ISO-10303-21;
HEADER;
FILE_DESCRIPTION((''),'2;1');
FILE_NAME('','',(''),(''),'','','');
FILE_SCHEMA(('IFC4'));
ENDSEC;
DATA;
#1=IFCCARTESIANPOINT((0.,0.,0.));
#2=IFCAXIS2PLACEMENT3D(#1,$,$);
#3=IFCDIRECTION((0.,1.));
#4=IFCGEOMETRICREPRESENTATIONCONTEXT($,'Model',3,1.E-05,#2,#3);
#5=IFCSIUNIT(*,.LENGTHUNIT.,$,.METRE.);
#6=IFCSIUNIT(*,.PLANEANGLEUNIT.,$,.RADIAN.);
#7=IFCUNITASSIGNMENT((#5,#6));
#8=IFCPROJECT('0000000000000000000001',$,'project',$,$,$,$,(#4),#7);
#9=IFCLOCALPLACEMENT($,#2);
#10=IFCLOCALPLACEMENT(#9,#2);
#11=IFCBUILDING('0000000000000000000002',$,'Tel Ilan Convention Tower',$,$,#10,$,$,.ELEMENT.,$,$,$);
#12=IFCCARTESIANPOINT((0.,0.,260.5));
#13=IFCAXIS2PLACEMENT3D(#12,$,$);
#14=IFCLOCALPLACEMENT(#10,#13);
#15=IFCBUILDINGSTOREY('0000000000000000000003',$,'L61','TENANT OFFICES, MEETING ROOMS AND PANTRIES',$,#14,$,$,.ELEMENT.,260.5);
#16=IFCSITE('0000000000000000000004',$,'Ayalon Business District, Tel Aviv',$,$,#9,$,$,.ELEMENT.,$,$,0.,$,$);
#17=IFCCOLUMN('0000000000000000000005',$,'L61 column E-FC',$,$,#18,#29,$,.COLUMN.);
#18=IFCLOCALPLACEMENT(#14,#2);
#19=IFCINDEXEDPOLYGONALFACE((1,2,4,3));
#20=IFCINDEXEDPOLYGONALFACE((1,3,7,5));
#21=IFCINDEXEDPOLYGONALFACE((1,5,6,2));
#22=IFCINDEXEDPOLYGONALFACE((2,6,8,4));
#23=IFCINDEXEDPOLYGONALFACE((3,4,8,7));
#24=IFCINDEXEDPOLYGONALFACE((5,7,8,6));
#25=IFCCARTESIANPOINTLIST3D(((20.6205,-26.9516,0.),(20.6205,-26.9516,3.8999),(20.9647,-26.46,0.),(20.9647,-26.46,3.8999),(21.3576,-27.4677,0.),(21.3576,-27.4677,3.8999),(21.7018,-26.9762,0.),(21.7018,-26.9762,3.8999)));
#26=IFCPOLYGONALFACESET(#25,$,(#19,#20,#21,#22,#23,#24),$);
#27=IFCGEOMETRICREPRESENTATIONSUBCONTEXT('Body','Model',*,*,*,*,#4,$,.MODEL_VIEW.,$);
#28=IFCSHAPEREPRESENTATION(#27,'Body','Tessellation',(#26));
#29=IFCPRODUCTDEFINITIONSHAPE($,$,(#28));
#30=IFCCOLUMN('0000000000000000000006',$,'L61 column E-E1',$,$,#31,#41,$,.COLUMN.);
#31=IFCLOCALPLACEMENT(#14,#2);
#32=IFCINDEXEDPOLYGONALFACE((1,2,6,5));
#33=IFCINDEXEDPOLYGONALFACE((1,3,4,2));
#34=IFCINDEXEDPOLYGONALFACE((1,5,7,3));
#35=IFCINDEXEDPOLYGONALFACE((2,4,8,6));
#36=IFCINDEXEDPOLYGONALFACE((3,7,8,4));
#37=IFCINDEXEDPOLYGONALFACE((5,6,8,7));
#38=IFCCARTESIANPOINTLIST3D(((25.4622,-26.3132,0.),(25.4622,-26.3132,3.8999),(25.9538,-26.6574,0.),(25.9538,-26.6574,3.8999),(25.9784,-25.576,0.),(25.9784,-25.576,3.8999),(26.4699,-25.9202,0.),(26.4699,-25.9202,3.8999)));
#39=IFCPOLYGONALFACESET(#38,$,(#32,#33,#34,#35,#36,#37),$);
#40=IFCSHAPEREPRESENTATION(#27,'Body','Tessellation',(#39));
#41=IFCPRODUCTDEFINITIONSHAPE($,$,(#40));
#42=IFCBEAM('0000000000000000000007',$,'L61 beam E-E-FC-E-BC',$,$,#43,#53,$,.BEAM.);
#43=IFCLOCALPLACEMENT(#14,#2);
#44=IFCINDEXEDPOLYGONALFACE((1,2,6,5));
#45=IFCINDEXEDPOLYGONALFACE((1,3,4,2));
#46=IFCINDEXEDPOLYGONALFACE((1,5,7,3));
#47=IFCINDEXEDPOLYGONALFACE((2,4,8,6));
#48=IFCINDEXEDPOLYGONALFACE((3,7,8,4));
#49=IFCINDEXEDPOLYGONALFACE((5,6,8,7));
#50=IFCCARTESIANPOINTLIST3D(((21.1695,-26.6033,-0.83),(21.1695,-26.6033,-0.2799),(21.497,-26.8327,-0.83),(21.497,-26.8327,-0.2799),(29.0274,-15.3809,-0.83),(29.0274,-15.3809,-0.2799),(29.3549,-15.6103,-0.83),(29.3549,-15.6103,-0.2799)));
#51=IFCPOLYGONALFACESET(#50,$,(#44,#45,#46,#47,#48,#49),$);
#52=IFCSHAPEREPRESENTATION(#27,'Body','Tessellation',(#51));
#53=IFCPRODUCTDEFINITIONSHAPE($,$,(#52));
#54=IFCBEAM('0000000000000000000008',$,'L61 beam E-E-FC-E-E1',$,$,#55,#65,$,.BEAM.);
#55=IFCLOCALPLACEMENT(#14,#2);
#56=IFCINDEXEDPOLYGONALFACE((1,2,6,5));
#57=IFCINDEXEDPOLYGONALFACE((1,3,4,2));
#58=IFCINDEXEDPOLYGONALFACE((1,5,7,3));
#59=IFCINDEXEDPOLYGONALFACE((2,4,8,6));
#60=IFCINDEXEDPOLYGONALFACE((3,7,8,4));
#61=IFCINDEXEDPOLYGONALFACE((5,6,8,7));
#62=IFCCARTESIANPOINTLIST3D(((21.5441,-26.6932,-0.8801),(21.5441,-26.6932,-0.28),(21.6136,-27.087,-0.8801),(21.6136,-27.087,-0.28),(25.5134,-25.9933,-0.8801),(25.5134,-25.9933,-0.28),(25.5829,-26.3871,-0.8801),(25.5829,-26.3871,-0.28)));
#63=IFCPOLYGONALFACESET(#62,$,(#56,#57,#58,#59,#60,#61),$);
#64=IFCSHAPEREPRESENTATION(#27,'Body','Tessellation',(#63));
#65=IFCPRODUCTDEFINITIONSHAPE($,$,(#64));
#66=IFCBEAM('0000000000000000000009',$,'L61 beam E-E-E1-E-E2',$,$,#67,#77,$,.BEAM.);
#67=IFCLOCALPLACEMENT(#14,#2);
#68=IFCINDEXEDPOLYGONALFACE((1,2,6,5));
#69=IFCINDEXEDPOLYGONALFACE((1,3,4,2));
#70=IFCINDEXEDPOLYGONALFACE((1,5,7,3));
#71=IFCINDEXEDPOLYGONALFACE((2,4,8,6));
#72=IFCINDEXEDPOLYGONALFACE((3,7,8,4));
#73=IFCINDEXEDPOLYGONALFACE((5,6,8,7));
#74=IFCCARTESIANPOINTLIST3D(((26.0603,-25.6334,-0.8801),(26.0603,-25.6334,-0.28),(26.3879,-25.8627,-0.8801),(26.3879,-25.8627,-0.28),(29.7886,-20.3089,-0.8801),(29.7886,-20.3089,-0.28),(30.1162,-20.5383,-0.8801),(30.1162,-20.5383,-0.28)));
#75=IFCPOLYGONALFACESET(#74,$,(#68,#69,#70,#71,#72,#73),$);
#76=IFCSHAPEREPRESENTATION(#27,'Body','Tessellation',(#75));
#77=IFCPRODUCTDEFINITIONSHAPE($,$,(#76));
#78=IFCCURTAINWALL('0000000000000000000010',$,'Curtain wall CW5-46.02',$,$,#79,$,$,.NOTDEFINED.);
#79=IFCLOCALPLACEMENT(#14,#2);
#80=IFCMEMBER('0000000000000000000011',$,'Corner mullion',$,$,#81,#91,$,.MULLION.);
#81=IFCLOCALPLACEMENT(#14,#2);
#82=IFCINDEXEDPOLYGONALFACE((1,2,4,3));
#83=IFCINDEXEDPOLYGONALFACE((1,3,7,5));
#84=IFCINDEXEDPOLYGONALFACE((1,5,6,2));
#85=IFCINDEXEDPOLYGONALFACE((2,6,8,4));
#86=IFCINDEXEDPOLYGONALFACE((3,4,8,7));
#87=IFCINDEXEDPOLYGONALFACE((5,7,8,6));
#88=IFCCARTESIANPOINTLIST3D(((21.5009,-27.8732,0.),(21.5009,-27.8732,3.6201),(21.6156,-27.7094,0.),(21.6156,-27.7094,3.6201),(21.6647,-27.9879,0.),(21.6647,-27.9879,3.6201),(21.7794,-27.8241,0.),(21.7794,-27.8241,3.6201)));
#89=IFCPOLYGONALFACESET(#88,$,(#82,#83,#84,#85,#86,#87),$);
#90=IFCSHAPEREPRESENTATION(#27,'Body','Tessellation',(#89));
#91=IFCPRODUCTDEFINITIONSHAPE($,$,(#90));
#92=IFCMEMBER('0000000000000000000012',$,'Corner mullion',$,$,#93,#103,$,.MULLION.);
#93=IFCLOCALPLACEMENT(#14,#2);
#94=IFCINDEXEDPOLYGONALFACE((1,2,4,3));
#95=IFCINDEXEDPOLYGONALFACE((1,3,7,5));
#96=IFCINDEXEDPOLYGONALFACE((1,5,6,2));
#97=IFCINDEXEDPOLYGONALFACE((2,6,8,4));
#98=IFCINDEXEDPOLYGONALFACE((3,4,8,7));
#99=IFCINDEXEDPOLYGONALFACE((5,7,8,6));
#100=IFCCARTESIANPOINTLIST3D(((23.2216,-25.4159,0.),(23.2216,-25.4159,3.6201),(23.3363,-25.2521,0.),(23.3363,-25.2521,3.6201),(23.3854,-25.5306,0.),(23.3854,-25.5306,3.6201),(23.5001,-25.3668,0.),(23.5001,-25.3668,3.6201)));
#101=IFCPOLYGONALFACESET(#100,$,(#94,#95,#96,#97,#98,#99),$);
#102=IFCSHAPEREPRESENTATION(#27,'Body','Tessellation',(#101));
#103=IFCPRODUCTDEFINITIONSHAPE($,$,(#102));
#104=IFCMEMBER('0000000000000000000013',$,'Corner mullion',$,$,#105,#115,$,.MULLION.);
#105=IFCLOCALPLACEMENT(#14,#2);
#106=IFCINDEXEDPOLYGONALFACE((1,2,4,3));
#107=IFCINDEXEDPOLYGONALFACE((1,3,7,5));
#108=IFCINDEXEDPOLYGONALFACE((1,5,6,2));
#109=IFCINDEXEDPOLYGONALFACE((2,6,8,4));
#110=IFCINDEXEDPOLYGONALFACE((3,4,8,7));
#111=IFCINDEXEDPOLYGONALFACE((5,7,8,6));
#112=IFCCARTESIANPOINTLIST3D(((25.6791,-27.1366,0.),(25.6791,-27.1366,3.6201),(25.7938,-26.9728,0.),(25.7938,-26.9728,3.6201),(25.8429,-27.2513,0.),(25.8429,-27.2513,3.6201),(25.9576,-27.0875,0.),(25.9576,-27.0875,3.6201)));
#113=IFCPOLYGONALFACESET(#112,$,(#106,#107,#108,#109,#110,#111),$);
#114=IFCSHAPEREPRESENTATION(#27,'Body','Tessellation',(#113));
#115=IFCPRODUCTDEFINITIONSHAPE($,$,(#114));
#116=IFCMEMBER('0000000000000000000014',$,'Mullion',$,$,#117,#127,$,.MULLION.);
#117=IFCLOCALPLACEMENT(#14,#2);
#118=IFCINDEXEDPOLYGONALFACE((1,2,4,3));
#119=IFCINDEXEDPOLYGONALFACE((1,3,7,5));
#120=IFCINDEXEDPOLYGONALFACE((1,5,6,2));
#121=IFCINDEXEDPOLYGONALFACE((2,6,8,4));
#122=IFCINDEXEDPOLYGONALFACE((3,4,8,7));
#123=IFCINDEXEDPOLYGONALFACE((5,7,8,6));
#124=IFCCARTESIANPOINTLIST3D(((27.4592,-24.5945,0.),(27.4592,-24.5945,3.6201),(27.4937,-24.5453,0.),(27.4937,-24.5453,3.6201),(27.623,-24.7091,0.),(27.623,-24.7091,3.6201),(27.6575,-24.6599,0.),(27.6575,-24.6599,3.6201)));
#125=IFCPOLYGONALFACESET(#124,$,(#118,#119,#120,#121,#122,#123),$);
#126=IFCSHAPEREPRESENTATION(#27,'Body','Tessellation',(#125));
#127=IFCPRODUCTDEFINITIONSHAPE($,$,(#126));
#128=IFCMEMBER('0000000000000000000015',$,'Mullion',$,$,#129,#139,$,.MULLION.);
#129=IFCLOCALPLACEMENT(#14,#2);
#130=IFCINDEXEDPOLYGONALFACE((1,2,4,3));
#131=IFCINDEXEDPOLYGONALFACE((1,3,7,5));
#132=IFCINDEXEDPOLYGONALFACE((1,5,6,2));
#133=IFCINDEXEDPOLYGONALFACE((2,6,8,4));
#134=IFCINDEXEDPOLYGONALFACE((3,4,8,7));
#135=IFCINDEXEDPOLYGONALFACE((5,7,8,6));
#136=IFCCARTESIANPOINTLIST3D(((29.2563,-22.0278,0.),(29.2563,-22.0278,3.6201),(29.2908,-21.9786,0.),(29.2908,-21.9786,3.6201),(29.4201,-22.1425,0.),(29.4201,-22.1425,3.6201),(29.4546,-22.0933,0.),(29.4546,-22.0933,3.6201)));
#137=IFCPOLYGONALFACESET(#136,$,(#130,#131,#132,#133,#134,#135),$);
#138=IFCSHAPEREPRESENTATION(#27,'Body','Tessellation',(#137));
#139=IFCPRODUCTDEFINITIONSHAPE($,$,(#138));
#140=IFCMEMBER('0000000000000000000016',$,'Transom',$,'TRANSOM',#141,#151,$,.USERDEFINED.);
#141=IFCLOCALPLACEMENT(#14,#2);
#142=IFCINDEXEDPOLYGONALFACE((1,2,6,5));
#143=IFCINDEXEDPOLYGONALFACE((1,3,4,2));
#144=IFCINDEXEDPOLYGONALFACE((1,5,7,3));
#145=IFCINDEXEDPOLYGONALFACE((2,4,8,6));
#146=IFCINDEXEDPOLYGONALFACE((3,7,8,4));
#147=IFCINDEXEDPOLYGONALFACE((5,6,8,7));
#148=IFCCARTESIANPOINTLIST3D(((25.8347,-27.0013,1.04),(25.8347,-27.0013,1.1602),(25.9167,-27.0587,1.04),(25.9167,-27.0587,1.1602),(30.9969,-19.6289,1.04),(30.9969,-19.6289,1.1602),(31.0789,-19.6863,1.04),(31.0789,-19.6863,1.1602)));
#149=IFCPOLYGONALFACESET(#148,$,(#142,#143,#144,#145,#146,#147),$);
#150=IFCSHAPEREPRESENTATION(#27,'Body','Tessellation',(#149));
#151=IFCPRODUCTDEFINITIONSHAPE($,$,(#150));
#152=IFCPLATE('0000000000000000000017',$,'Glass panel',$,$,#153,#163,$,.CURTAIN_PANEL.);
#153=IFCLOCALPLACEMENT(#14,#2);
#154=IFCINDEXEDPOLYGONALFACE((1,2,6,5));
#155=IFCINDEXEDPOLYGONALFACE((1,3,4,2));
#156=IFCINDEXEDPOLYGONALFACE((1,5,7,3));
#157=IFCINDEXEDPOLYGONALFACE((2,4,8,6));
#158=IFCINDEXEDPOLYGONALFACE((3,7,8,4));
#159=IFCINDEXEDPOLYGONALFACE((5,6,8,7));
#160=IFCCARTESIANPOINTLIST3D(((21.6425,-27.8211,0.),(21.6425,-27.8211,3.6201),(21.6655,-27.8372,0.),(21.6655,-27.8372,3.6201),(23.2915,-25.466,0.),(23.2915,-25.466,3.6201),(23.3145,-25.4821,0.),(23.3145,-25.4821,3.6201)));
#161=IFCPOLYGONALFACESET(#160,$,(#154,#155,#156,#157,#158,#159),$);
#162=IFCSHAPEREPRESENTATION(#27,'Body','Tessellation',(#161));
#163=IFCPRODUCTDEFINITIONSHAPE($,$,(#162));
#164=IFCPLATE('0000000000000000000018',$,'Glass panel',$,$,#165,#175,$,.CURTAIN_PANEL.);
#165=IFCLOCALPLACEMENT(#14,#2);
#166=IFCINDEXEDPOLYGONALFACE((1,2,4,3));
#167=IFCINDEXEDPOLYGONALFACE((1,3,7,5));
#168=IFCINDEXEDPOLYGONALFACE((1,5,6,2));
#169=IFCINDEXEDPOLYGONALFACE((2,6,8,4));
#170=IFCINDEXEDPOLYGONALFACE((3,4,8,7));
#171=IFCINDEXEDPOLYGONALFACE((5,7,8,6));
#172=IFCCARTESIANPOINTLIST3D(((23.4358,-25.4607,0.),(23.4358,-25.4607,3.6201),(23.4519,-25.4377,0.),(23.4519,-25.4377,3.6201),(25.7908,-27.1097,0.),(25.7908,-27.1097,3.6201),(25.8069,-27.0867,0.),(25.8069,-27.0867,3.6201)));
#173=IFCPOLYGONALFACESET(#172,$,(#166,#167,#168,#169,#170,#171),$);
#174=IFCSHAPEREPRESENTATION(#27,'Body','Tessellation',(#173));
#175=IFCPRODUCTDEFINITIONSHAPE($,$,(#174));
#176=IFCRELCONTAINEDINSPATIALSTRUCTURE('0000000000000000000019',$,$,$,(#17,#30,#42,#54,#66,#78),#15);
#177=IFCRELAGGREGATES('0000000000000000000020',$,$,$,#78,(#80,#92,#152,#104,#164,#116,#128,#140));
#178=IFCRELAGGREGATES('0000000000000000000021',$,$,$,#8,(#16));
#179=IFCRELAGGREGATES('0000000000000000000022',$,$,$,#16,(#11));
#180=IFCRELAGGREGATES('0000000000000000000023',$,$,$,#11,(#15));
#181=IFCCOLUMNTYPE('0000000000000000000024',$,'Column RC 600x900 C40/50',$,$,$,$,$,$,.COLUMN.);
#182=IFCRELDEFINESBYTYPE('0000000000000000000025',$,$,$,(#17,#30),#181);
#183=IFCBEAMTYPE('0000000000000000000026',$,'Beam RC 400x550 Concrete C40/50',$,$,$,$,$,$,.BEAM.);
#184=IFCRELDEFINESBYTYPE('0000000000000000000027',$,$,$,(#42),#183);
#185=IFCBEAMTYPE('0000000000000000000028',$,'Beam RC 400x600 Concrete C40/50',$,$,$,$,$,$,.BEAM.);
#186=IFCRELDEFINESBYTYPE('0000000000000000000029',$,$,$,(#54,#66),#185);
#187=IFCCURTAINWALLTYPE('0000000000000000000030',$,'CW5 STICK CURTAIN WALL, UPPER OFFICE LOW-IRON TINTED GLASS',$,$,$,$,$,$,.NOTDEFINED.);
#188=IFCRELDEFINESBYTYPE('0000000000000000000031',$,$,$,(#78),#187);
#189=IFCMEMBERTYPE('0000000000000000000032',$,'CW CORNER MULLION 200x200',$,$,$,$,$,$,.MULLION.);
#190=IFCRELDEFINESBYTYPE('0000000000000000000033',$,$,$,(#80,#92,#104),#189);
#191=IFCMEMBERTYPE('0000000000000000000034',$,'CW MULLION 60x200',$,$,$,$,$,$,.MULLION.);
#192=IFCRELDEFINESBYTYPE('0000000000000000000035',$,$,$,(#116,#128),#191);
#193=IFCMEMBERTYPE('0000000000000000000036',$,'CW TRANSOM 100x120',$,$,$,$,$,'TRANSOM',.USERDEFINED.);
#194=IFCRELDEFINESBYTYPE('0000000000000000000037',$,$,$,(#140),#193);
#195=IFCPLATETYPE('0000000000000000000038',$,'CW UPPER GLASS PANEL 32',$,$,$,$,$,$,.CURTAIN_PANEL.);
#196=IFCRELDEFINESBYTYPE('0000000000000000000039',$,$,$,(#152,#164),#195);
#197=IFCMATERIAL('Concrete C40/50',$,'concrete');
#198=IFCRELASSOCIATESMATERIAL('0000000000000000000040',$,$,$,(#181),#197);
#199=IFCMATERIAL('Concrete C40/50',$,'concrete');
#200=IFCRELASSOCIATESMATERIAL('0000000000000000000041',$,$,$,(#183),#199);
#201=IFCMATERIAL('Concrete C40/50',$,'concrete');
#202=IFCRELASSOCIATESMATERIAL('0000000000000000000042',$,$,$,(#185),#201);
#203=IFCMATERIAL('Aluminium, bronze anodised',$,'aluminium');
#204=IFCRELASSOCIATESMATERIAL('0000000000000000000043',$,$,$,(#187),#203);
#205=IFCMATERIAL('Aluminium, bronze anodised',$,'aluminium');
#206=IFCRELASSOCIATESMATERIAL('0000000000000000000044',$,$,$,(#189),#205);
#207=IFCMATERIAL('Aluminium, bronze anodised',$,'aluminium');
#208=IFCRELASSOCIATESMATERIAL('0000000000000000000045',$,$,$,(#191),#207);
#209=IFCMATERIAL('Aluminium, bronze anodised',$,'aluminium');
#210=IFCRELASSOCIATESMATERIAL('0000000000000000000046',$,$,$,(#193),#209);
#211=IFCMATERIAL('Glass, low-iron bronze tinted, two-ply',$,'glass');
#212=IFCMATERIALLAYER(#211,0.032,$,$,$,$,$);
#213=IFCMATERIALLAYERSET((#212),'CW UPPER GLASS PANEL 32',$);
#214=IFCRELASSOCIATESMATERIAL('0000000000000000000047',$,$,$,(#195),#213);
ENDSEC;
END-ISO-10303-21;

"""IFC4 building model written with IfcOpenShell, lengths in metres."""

from ifc_helpers import new_model, si_unit, direction, frame, origin, origin_2d, place, context, subcontext, project, spatial, rectangle, extrude, material, layer, layer_set, material_profile, profile_set, type_object, element, aggregate, save


model = new_model("IFC4")

# Units and contexts
model_context = context("Model", 3, precision=1e-05, world=origin(), true_north=direction((0.0, 1.0)))
body_context = subcontext(model_context, "Body", "Model", "MODEL_VIEW")
ifc_project = project(units=[si_unit("LENGTHUNIT", "METRE"), si_unit("PLANEANGLEUNIT", "RADIAN")], contexts=[model_context])

# Site, building, storey
site_placement = place(None, origin())
site = spatial("IfcSite", under=ifc_project, at=site_placement, Name="Ayalon Business District, Tel Aviv", CompositionType="ELEMENT", RefElevation=0.0)
building_placement = place(site_placement, origin())
building = spatial("IfcBuilding", under=site, at=building_placement, Name="Tel Ilan Convention Tower", CompositionType="ELEMENT")
storey_placement = place(building_placement, frame((0.0, 0.0, 260.5)))
storey = spatial("IfcBuildingStorey", under=building, at=storey_placement, Name="L61", Description="TENANT OFFICES, MEETING ROOMS AND PANTRIES", CompositionType="ELEMENT", Elevation=260.5)

# Columns
ifc_material_1 = material(Name="Concrete C40/50", Category="concrete")
ifc_material_profile_1 = material_profile(ifc_material_1, rectangle(XDim=0.8999, YDim=0.6001, at=origin_2d()), Name="RC 600x900")
ifc_profile_set_1 = profile_set([ifc_material_profile_1], Name="Concrete C40/50")
column_type = type_object("IfcColumnType", Name="Column RC 600x900 C40/50", PredefinedType="COLUMN", material=ifc_profile_set_1)
for number, where, z_axis, x_axis, name in (
    (1, (21.1611, -26.9639, 0.0), (0.0, 0.0, 1.0), (0.819152, -0.573576, 0.0), "L61 column E-FC"),
    (2, (25.9661, -26.1167, 0.0), (0.0, 0.0, 1.0), (0.573576, 0.819152, 0.0), "L61 column E-E1"),
):
    element("IfcColumn", number, at=place(storey_placement, frame(where, z_axis=z_axis, x_axis=x_axis)), inside=storey, type_object=column_type, Name=name, PredefinedType="COLUMN", context=body_context, shape_type="SweptSolid", body=[
        extrude(rectangle(XDim=0.8999, YDim=0.6001, at=origin_2d()), origin(), (0.0, 0.0, 1.0), 3.8999),
    ])

# Beams
ifc_material_2 = material(Name="Concrete C40/50", Category="concrete")
ifc_material_profile_2 = material_profile(ifc_material_2, rectangle(XDim=0.3999, YDim=0.55, at=origin_2d()), Name="RC 400x550")
ifc_profile_set_2 = profile_set([ifc_material_profile_2], Name="Concrete C40/50")
beam_type_1 = type_object("IfcBeamType", Name="Beam RC 400x550 Concrete C40/50", PredefinedType="BEAM", material=ifc_profile_set_2)
beam_1_placement = place(storey_placement, frame((21.3333, -26.718, -0.5549), z_axis=(0.573571, 0.819156, 0.0), x_axis=(-0.819156, 0.573571, 0.0)))
element("IfcBeam", 3, at=beam_1_placement, inside=storey, type_object=beam_type_1, Name="L61 beam E-E-FC-E-BC", PredefinedType="BEAM", context=body_context, shape_type="SweptSolid", body=[
    extrude(rectangle(XDim=0.3999, YDim=0.55, at=origin_2d()), origin(), (0.0, 0.0, 1.0), 13.7),
])
ifc_material_3 = material(Name="Concrete C40/50", Category="concrete")
ifc_material_profile_3 = material_profile(ifc_material_3, rectangle(XDim=0.3999, YDim=0.6001, at=origin_2d()), Name="RC 400x600")
ifc_profile_set_3 = profile_set([ifc_material_profile_3], Name="Concrete C40/50")
beam_type_2 = type_object("IfcBeamType", Name="Beam RC 400x600 Concrete C40/50", PredefinedType="BEAM", material=ifc_profile_set_3)
beam_2_placement = place(storey_placement, frame((21.5789, -26.8901, -0.5801), z_axis=(0.984805, 0.173664, 0.0), x_axis=(-0.173664, 0.984805, 0.0)))
element("IfcBeam", 4, at=beam_2_placement, inside=storey, type_object=beam_type_2, Name="L61 beam E-E-FC-E-E1", PredefinedType="BEAM", context=body_context, shape_type="SweptSolid", body=[
    extrude(rectangle(XDim=0.3999, YDim=0.6001, at=origin_2d()), origin(), (0.0, 0.0, 1.0), 4.0305),
])
beam_3_placement = place(storey_placement, frame((26.2241, -25.748, -0.5801), z_axis=(0.573581, 0.819149, 0.0), x_axis=(-0.819149, 0.573581, 0.0)))
element("IfcBeam", 5, at=beam_3_placement, inside=storey, type_object=beam_type_2, Name="L61 beam E-E-E1-E-E2", PredefinedType="BEAM", context=body_context, shape_type="SweptSolid", body=[
    extrude(rectangle(XDim=0.3999, YDim=0.6001, at=origin_2d()), origin(), (0.0, 0.0, 1.0), 6.5),
])

# Curtain wall, members, plates
ifc_material_4 = material(Name="Aluminium, bronze anodised", Category="aluminium")
curtain_wall_type = type_object("IfcCurtainWallType", Name="CW5 STICK CURTAIN WALL, UPPER OFFICE LOW-IRON TINTED GLASS", PredefinedType="NOTDEFINED", material=ifc_material_4)
curtain_wall_placement = place(storey_placement, origin())
curtain_wall = element("IfcCurtainWall", 6, at=curtain_wall_placement, inside=storey, type_object=curtain_wall_type, Name="Curtain wall CW5-46.02", PredefinedType="NOTDEFINED")
ifc_material_5 = material(Name="Aluminium, bronze anodised", Category="aluminium")
ifc_material_profile_4 = material_profile(ifc_material_5, rectangle(XDim=0.2, YDim=0.2, at=origin_2d()), Name="CW CORNER MULLION 200x200")
ifc_profile_set_4 = profile_set([ifc_material_profile_4], Name="Aluminium, bronze anodised")
member_type_1 = type_object("IfcMemberType", Name="CW CORNER MULLION 200x200", PredefinedType="MULLION", material=ifc_profile_set_4)
member_1_placement = place(storey_placement, frame((21.6401, -27.8486, 0.0), z_axis=(0.0, 0.0, 1.0), x_axis=(0.819152, -0.573576, 0.0)))
member_1 = element("IfcMember", 7, at=member_1_placement, type_object=member_type_1, Name="Corner mullion", PredefinedType="MULLION", context=body_context, shape_type="SweptSolid", body=[
    extrude(rectangle(XDim=0.2, YDim=0.2, at=origin_2d()), origin(), (0.0, 0.0, 1.0), 3.6201),
])
member_2_placement = place(storey_placement, frame((23.3608, -25.3914, 0.0), z_axis=(0.0, 0.0, 1.0), x_axis=(0.573576, 0.819152, 0.0)))
member_2 = element("IfcMember", 8, at=member_2_placement, type_object=member_type_1, Name="Corner mullion", PredefinedType="MULLION", context=body_context, shape_type="SweptSolid", body=[
    extrude(rectangle(XDim=0.2, YDim=0.2, at=origin_2d()), origin(), (0.0, 0.0, 1.0), 3.6201),
])
member_3_placement = place(storey_placement, frame((25.8184, -27.1121, 0.0), z_axis=(0.0, 0.0, 1.0), x_axis=(0.819152, -0.573576, 0.0)))
member_3 = element("IfcMember", 9, at=member_3_placement, type_object=member_type_1, Name="Corner mullion", PredefinedType="MULLION", context=body_context, shape_type="SweptSolid", body=[
    extrude(rectangle(XDim=0.2, YDim=0.2, at=origin_2d()), origin(), (0.0, 0.0, 1.0), 3.6201),
])
ifc_material_6 = material(Name="Aluminium, bronze anodised", Category="aluminium")
ifc_material_profile_5 = material_profile(ifc_material_6, rectangle(XDim=0.0601, YDim=0.2, at=origin_2d()), Name="CW MULLION 60x200")
ifc_profile_set_5 = profile_set([ifc_material_profile_5], Name="Aluminium, bronze anodised")
member_type_2 = type_object("IfcMemberType", Name="CW MULLION 60x200", PredefinedType="MULLION", material=ifc_profile_set_5)
member_4_placement = place(storey_placement, frame((27.5583, -24.6272, 0.0), z_axis=(0.0, 0.0, 1.0), x_axis=(0.573576, 0.819152, 0.0)))
member_4 = element("IfcMember", 10, at=member_4_placement, type_object=member_type_2, Name="Mullion", PredefinedType="MULLION", context=body_context, shape_type="SweptSolid", body=[
    extrude(rectangle(XDim=0.0601, YDim=0.2, at=origin_2d()), origin(), (0.0, 0.0, 1.0), 3.6201),
])
member_5_placement = place(storey_placement, frame((29.3555, -22.0605, 0.0), z_axis=(0.0, 0.0, 1.0), x_axis=(0.573576, 0.819152, 0.0)))
member_5 = element("IfcMember", 11, at=member_5_placement, type_object=member_type_2, Name="Mullion", PredefinedType="MULLION", context=body_context, shape_type="SweptSolid", body=[
    extrude(rectangle(XDim=0.0601, YDim=0.2, at=origin_2d()), origin(), (0.0, 0.0, 1.0), 3.6201),
])
ifc_material_7 = material(Name="Aluminium, bronze anodised", Category="aluminium")
ifc_material_profile_6 = material_profile(ifc_material_7, rectangle(XDim=0.1001, YDim=0.1201, at=origin_2d()), Name="CW TRANSOM 100x120")
ifc_profile_set_6 = profile_set([ifc_material_profile_6], Name="Aluminium, bronze anodised")
member_type_3 = type_object("IfcMemberType", Name="CW TRANSOM 100x120", ElementType="TRANSOM", PredefinedType="USERDEFINED", material=ifc_profile_set_6)
member_6_placement = place(storey_placement, frame((25.8757, -27.03, 1.1001), z_axis=(0.573573, 0.819154, 0.0), x_axis=(-0.819154, 0.573573, 0.0)))
member_6 = element("IfcMember", 12, at=member_6_placement, type_object=member_type_3, Name="Transom", ObjectType="TRANSOM", PredefinedType="USERDEFINED", context=body_context, shape_type="SweptSolid", body=[
    extrude(rectangle(XDim=0.1001, YDim=0.1201, at=origin_2d()), origin(), (0.0, 0.0, 1.0), 9.0),
])
ifc_material_8 = material(Name="Glass, low-iron bronze tinted, two-ply", Category="glass")
ifc_layer_1 = layer(ifc_material_8, 0.032)
ifc_layer_set_1 = layer_set([ifc_layer_1], Name="CW UPPER GLASS PANEL 32")
plate_type = type_object("IfcPlateType", Name="CW UPPER GLASS PANEL 32", PredefinedType="CURTAIN_PANEL", material=ifc_layer_set_1)
plate_1_placement = place(storey_placement, frame((22.4785, -26.6516, 0.0), z_axis=(0.0, 0.0, 1.0), x_axis=(0.573576, 0.819152, 0.0)))
plate_1 = element("IfcPlate", 13, at=plate_1_placement, type_object=plate_type, Name="Glass panel", PredefinedType="CURTAIN_PANEL", context=body_context, shape_type="SweptSolid", body=[
    extrude(rectangle(XDim=2.875, YDim=0.0281, at=origin_2d()), origin(), (0.0, 0.0, 1.0), 3.6201),
])
plate_2_placement = place(storey_placement, frame((24.6213, -26.2737, 0.0), z_axis=(0.0, 0.0, 1.0), x_axis=(0.819152, -0.573576, 0.0)))
plate_2 = element("IfcPlate", 14, at=plate_2_placement, type_object=plate_type, Name="Glass panel", PredefinedType="CURTAIN_PANEL", context=body_context, shape_type="SweptSolid", body=[
    extrude(rectangle(XDim=2.875, YDim=0.0281, at=origin_2d()), origin(), (0.0, 0.0, 1.0), 3.6201),
])
aggregate(curtain_wall, [member_1, member_2, plate_1, member_3, plate_2, member_4, member_5, member_6])

save(model, "model.ifc")
